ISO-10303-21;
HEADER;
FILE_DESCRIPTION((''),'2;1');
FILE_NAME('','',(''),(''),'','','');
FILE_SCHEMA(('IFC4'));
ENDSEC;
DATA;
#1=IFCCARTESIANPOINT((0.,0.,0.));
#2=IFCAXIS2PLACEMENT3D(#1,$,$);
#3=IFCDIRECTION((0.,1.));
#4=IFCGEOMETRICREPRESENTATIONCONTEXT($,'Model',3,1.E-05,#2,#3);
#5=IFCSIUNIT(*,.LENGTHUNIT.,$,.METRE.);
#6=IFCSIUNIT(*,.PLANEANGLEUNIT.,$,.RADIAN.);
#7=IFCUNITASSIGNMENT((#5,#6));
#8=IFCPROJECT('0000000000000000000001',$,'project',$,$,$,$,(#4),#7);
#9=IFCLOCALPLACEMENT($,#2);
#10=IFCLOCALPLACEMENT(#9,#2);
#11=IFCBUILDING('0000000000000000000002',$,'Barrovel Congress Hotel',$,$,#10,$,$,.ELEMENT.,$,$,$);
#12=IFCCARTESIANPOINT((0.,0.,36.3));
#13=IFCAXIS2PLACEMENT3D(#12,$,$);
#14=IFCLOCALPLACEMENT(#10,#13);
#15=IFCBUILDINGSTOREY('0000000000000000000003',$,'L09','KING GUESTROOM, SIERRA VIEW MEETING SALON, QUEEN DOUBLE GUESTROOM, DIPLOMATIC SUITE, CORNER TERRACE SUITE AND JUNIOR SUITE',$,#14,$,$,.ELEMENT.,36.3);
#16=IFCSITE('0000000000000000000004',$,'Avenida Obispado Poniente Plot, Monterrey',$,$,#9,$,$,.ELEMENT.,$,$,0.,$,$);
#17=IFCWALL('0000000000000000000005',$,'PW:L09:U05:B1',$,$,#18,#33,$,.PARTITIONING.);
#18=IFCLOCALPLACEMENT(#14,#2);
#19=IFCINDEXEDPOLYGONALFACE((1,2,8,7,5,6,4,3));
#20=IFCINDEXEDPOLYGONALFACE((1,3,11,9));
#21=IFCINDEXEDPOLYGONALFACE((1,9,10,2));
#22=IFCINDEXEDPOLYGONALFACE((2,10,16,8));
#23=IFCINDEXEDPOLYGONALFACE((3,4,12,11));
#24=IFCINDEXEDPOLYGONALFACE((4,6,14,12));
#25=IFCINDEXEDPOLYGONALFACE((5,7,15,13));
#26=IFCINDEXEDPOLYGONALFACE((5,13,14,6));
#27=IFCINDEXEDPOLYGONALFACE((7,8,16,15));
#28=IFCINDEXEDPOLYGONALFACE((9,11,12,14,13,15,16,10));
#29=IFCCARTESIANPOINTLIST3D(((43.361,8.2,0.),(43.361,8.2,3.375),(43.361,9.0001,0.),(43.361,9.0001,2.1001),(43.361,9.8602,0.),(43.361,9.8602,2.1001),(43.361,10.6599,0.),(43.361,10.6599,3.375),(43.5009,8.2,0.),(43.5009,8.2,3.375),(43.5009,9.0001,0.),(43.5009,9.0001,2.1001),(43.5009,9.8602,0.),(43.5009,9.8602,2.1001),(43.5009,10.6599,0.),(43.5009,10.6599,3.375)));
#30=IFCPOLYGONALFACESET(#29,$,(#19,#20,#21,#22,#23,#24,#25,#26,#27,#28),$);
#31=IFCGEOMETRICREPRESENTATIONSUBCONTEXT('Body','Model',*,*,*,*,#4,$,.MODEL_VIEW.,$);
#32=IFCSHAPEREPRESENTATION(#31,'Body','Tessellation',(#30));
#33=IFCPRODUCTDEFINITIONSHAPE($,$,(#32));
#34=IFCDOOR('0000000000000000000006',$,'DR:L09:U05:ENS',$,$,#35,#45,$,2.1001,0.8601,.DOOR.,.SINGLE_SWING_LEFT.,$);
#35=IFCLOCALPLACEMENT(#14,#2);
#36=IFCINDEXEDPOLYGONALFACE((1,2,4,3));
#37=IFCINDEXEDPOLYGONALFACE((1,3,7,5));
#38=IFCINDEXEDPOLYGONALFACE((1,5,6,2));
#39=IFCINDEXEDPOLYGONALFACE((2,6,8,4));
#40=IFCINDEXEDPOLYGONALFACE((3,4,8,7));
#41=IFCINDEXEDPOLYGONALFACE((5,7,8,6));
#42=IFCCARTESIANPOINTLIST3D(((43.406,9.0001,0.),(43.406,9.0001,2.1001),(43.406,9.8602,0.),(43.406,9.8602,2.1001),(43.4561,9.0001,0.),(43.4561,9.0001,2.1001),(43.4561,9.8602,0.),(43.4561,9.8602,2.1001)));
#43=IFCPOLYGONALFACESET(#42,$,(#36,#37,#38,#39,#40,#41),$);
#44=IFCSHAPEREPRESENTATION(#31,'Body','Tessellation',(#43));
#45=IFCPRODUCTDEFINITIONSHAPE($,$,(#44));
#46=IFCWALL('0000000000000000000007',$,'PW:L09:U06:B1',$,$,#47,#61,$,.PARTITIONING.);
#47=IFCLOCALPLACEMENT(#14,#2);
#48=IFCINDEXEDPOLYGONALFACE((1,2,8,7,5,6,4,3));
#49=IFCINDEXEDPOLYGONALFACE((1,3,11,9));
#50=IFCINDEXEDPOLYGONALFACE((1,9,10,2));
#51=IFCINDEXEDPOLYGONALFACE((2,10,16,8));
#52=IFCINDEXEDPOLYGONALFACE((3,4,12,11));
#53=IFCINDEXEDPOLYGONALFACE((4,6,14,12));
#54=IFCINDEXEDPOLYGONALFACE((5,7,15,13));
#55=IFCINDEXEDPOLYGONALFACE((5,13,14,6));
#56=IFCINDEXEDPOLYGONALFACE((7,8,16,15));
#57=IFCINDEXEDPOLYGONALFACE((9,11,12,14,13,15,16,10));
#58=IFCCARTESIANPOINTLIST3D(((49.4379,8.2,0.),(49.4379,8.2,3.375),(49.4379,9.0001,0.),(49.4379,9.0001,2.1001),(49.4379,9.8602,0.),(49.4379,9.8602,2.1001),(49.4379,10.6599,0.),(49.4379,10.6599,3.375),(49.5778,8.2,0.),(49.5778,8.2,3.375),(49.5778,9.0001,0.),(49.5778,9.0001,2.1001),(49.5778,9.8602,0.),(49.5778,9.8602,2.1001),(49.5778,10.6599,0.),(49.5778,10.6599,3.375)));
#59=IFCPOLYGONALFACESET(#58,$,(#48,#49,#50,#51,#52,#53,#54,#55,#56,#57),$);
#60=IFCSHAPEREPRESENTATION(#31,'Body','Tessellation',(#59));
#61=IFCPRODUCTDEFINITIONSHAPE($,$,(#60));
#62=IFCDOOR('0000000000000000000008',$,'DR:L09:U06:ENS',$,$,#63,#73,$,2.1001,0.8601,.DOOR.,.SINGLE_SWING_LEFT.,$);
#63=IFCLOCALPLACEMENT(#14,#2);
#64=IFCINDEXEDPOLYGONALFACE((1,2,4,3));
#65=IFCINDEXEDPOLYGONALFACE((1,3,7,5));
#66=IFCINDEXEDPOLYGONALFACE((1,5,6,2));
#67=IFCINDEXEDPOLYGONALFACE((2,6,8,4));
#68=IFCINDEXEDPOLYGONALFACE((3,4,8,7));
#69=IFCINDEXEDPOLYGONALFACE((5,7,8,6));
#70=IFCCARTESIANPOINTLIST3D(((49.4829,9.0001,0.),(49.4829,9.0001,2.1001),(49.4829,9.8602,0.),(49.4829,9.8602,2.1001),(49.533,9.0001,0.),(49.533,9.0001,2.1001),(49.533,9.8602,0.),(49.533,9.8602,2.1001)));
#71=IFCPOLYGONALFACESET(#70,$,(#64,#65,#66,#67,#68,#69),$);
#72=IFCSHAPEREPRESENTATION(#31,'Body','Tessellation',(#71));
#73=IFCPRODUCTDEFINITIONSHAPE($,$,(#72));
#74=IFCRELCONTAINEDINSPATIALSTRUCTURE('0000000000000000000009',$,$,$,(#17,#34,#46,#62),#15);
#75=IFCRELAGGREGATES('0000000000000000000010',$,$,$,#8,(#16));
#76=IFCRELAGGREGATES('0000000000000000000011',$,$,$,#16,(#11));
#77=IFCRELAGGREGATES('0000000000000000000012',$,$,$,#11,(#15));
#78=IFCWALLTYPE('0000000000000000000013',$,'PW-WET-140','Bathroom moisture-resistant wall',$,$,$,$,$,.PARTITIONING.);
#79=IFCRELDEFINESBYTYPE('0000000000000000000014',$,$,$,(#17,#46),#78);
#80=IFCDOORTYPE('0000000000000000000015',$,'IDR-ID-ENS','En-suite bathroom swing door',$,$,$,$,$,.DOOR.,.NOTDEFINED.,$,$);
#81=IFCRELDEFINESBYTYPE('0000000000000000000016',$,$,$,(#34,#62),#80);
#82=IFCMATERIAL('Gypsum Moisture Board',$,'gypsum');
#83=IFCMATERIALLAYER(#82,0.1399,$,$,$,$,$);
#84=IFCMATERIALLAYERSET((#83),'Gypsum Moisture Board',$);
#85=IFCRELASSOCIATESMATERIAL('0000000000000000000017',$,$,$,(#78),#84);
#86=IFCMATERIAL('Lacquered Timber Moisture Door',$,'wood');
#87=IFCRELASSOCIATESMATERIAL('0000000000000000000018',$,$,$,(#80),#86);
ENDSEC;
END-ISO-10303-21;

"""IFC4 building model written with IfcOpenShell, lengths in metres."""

from ifc_helpers import new_model, si_unit, direction, frame, frame_2d, origin, place, context, subcontext, project, spatial, rectangle, extrude, material, layer, layer_set, type_object, element, fill, save


model = new_model("IFC4")

# Units and contexts
model_context = context("Model", 3, precision=1e-05, world=origin(), true_north=direction((0.0, 1.0)))
body_context = subcontext(model_context, "Body", "Model", "MODEL_VIEW")
ifc_project = project(units=[si_unit("LENGTHUNIT", "METRE"), si_unit("PLANEANGLEUNIT", "RADIAN")], contexts=[model_context])

# Site, building, storey
site_placement = place(None, origin())
site = spatial("IfcSite", under=ifc_project, at=site_placement, Name="Avenida Obispado Poniente Plot, Monterrey", CompositionType="ELEMENT", RefElevation=0.0)
building_placement = place(site_placement, origin())
building = spatial("IfcBuilding", under=site, at=building_placement, Name="Barrovel Congress Hotel", CompositionType="ELEMENT")
storey_placement = place(building_placement, frame((0.0, 0.0, 36.3)))
storey = spatial("IfcBuildingStorey", under=building, at=storey_placement, Name="L09", Description="KING GUESTROOM, SIERRA VIEW MEETING SALON, QUEEN DOUBLE GUESTROOM, DIPLOMATIC SUITE, CORNER TERRACE SUITE AND JUNIOR SUITE", CompositionType="ELEMENT", Elevation=36.3)

# Walls, openings, doors
ifc_material_1 = material(Name="Gypsum Moisture Board", Category="gypsum")
ifc_layer_1 = layer(ifc_material_1, 0.1399)
ifc_layer_set_1 = layer_set([ifc_layer_1], Name="Gypsum Moisture Board")
wall_type_1 = type_object("IfcWallType", Name="PW-WET-140", Description="Bathroom moisture-resistant wall", PredefinedType="PARTITIONING", material=ifc_layer_set_1)
wall_1_placement = place(storey_placement, frame((43.4309, 8.2, 0.0), z_axis=(0.0, 0.0, 1.0), x_axis=(0.0, 1.0, 0.0)))
wall_1 = element("IfcWall", 1, at=wall_1_placement, inside=storey, type_object=wall_type_1, Name="PW:L09:U05:B1", PredefinedType="PARTITIONING", context=body_context, shape_type="SweptSolid", body=[
    extrude(rectangle(XDim=2.46, YDim=0.1399, at=frame_2d((1.23, 0.0))), origin(), (0.0, 0.0, 1.0), 3.375),
])
opening_1_placement = place(wall_1_placement, frame((0.8, 0.0, 0.0)))
opening_1 = element("IfcOpeningElement", 2, at=opening_1_placement, cuts=wall_1, PredefinedType="OPENING", context=body_context, shape_type="SweptSolid", body=[
    extrude(rectangle(XDim=0.8601, YDim=2.1001, at=frame_2d((0.4302, 1.05))), frame((0.0, 0.0801, 0.0), z_axis=(0.0, -1.0, 0.0), x_axis=(1.0, 0.0, 0.0)), (0.0, 0.0, 1.0), 0.1599),
])
ifc_material_2 = material(Name="Lacquered Timber Moisture Door", Category="wood")
door_type_1 = type_object("IfcDoorType", Name="IDR-ID-ENS", Description="En-suite bathroom swing door", OperationType="NOTDEFINED", PredefinedType="DOOR", material=ifc_material_2)
door_1_placement = place(opening_1_placement, origin())
door_1 = element("IfcDoor", 3, at=door_1_placement, inside=storey, type_object=door_type_1, Name="DR:L09:U05:ENS", OperationType="SINGLE_SWING_LEFT", OverallHeight=2.1001, OverallWidth=0.8601, PredefinedType="DOOR", context=body_context, shape_type="SweptSolid", body=[
    extrude(rectangle(XDim=0.8601, YDim=2.1001, at=frame_2d((0.4302, 1.05))), frame((0.0, 0.0249, 0.0), z_axis=(0.0, -1.0, 0.0), x_axis=(1.0, 0.0, 0.0)), (0.0, 0.0, 1.0), 0.05),
])
fill(opening_1, door_1)
wall_2_placement = place(storey_placement, frame((49.5078, 8.2, 0.0), z_axis=(0.0, 0.0, 1.0), x_axis=(0.0, 1.0, 0.0)))
wall_2 = element("IfcWall", 4, at=wall_2_placement, inside=storey, type_object=wall_type_1, Name="PW:L09:U06:B1", PredefinedType="PARTITIONING", context=body_context, shape_type="SweptSolid", body=[
    extrude(rectangle(XDim=2.46, YDim=0.1399, at=frame_2d((1.23, 0.0))), origin(), (0.0, 0.0, 1.0), 3.375),
])
opening_2_placement = place(wall_2_placement, frame((0.8, 0.0, 0.0)))
opening_2 = element("IfcOpeningElement", 5, at=opening_2_placement, cuts=wall_2, PredefinedType="OPENING", context=body_context, shape_type="SweptSolid", body=[
    extrude(rectangle(XDim=0.8601, YDim=2.1001, at=frame_2d((0.4302, 1.05))), frame((0.0, 0.0801, 0.0), z_axis=(0.0, -1.0, 0.0), x_axis=(1.0, 0.0, 0.0)), (0.0, 0.0, 1.0), 0.1599),
])
door_2_placement = place(opening_2_placement, origin())
door_2 = element("IfcDoor", 6, at=door_2_placement, inside=storey, type_object=door_type_1, Name="DR:L09:U06:ENS", OperationType="SINGLE_SWING_LEFT", OverallHeight=2.1001, OverallWidth=0.8601, PredefinedType="DOOR", context=body_context, shape_type="SweptSolid", body=[
    extrude(rectangle(XDim=0.8601, YDim=2.1001, at=frame_2d((0.4302, 1.05))), frame((0.0, 0.0249, 0.0), z_axis=(0.0, -1.0, 0.0), x_axis=(1.0, 0.0, 0.0)), (0.0, 0.0, 1.0), 0.05),
])
fill(opening_2, door_2)

save(model, "model.ifc")
